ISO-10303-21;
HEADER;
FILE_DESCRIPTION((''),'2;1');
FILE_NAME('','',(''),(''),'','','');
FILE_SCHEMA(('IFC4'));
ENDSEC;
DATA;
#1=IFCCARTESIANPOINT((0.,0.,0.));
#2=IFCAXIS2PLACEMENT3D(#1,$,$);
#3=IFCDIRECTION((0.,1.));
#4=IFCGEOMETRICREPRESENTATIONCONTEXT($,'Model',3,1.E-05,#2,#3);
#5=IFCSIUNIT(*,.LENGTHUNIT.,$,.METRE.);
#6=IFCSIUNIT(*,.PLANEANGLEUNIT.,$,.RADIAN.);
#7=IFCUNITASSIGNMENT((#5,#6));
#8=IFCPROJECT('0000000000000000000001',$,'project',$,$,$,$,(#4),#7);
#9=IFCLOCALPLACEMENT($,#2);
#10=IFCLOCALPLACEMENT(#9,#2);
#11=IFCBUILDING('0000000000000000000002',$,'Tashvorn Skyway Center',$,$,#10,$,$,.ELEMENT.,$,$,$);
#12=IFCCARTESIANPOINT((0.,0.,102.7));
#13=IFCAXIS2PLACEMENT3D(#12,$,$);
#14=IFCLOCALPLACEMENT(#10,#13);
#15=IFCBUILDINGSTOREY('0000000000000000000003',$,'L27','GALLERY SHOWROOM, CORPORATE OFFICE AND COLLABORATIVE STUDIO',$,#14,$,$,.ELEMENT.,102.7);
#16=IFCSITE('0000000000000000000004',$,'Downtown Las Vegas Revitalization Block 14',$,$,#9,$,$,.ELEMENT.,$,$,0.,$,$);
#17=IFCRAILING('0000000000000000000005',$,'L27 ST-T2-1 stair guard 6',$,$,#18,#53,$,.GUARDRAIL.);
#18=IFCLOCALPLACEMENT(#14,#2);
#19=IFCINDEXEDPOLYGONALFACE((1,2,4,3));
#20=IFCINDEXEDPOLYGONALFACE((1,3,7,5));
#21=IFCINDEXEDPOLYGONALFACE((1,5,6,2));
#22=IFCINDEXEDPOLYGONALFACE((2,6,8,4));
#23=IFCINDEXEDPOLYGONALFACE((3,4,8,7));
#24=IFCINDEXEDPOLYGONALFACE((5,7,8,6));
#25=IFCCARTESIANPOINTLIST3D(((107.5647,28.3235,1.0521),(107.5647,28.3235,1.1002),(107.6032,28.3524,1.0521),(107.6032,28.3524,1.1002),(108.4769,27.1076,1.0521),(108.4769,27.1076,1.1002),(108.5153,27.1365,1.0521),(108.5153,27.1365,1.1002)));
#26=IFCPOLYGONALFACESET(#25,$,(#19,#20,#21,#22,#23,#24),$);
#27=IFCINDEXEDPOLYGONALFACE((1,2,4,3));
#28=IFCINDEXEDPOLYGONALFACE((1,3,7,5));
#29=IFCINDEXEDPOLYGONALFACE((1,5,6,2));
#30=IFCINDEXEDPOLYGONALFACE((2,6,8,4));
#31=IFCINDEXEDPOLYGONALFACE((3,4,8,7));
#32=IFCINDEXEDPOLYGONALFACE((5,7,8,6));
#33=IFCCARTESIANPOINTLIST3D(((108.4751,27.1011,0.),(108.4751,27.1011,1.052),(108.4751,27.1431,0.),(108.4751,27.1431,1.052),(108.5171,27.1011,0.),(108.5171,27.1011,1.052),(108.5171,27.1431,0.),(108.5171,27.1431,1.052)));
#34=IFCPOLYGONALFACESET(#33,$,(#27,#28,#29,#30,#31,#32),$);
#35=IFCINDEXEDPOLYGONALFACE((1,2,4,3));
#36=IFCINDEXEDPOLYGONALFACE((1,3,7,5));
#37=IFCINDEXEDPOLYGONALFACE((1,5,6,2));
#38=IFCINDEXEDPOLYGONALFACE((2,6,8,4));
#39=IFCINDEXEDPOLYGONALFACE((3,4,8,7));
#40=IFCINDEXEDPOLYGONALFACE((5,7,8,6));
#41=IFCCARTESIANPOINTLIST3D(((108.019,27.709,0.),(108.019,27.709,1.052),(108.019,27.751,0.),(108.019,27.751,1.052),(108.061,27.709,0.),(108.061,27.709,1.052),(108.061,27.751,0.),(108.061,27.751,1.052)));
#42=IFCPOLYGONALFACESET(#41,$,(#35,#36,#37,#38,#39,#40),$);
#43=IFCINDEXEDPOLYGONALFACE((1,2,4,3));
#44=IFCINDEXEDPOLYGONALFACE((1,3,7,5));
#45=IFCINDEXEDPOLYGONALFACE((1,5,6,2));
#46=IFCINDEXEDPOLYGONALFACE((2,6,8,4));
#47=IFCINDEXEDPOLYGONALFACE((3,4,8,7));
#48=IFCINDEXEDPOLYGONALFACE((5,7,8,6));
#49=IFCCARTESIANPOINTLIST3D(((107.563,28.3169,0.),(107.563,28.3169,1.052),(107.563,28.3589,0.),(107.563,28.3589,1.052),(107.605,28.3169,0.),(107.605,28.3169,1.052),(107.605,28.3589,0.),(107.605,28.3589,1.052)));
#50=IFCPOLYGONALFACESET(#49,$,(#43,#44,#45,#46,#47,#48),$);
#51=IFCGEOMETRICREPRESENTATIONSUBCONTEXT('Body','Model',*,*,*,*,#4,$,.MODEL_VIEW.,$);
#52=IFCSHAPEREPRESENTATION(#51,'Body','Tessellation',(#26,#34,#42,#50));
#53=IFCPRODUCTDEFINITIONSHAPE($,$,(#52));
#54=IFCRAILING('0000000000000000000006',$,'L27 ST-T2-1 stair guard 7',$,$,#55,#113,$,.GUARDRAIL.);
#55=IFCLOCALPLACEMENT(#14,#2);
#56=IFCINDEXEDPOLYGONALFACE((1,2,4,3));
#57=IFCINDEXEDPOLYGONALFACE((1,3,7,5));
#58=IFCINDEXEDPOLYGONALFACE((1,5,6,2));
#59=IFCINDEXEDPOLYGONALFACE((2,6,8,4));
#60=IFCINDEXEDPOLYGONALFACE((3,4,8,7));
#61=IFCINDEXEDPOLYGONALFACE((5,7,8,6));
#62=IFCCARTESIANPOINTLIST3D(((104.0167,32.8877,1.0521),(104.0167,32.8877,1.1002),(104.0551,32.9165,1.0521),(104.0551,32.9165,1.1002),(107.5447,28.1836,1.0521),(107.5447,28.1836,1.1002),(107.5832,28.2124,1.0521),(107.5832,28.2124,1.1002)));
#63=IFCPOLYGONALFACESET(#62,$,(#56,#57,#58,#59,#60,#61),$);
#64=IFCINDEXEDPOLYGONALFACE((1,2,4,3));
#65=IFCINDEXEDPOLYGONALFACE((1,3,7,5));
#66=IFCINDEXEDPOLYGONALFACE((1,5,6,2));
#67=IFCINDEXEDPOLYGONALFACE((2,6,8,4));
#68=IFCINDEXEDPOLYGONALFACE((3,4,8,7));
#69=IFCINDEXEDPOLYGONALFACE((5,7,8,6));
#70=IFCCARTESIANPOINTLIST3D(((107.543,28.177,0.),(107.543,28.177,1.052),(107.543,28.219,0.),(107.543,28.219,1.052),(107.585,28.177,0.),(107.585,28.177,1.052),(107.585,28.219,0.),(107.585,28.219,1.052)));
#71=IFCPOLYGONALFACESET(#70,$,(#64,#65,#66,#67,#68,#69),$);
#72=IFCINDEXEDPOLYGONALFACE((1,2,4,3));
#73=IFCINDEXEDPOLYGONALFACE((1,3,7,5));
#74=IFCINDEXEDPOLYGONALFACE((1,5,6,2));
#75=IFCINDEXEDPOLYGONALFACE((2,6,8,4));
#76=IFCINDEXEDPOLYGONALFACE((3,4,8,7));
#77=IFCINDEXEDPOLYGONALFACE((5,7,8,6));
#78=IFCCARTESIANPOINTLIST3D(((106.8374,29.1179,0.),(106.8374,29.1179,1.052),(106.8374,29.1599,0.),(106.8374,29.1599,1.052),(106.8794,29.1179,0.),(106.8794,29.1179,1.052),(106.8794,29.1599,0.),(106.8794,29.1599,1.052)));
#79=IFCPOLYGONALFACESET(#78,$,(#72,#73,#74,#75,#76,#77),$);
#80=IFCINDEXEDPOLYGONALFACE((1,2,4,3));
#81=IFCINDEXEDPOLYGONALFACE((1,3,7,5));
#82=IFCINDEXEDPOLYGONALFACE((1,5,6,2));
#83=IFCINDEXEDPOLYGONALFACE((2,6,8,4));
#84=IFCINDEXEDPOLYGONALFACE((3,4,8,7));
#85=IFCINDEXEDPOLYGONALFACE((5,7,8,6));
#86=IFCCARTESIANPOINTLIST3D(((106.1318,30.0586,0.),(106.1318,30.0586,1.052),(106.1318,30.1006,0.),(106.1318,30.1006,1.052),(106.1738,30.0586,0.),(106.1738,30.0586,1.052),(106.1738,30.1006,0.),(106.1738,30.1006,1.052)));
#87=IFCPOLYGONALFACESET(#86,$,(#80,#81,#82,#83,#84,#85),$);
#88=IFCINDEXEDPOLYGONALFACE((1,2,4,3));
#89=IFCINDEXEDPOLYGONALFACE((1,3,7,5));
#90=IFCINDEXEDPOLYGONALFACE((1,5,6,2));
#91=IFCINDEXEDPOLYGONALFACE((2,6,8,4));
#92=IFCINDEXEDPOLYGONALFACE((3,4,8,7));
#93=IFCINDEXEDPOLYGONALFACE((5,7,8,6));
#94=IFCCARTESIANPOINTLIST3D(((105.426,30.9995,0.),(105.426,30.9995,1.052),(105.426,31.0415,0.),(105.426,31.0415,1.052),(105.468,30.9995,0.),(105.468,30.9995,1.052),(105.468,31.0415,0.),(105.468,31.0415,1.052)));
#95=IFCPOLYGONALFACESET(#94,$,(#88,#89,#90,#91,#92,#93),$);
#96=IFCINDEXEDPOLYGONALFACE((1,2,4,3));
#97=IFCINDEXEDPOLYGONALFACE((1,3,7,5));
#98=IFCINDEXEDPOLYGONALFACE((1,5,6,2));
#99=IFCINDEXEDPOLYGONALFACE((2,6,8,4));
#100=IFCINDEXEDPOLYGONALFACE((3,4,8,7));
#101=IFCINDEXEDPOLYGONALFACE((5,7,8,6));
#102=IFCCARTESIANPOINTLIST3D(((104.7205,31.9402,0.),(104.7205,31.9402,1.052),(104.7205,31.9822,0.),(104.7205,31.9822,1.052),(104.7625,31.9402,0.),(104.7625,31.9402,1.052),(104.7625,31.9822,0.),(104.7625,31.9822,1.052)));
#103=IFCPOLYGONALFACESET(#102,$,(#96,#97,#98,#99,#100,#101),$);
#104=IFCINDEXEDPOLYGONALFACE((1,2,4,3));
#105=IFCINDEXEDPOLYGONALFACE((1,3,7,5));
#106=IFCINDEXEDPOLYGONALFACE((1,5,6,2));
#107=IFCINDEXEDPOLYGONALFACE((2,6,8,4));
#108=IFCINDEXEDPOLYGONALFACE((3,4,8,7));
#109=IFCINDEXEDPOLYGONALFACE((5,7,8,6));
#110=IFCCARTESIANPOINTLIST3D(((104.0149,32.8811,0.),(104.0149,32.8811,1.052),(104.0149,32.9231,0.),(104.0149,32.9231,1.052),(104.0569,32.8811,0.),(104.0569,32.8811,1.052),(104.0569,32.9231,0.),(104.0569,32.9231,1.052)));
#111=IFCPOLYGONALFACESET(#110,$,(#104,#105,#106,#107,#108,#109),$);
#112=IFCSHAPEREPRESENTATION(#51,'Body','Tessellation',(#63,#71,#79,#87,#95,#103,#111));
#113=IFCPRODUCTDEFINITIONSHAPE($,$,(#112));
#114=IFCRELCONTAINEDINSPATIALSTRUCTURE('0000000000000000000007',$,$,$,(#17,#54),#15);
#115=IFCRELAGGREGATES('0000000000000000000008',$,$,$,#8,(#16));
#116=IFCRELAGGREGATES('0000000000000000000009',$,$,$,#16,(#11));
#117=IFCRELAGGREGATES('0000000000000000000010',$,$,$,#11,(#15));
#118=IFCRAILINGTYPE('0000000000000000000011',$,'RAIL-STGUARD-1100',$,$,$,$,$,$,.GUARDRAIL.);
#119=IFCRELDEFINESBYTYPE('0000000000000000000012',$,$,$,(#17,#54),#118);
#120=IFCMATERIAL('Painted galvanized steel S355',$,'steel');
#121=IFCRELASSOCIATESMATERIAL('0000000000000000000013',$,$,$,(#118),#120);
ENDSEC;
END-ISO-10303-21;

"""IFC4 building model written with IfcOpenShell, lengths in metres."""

from ifc_helpers import new_model, si_unit, direction, frame, origin, origin_2d, place, context, subcontext, project, spatial, rectangle, extrude, material, type_object, element, save


model = new_model("IFC4")

# Units and contexts
model_context = context("Model", 3, precision=1e-05, world=origin(), true_north=direction((0.0, 1.0)))
body_context = subcontext(model_context, "Body", "Model", "MODEL_VIEW")
ifc_project = project(units=[si_unit("LENGTHUNIT", "METRE"), si_unit("PLANEANGLEUNIT", "RADIAN")], contexts=[model_context])

# Site, building, storey
site_placement = place(None, origin())
site = spatial("IfcSite", under=ifc_project, at=site_placement, Name="Downtown Las Vegas Revitalization Block 14", CompositionType="ELEMENT", RefElevation=0.0)
building_placement = place(site_placement, origin())
building = spatial("IfcBuilding", under=site, at=building_placement, Name="Tashvorn Skyway Center", CompositionType="ELEMENT")
storey_placement = place(building_placement, frame((0.0, 0.0, 102.7)))
storey = spatial("IfcBuildingStorey", under=building, at=storey_placement, Name="L27", Description="GALLERY SHOWROOM, CORPORATE OFFICE AND COLLABORATIVE STUDIO", CompositionType="ELEMENT", Elevation=102.7)

# Railings
ifc_material_1 = material(Name="Painted galvanized steel S355", Category="steel")
railing_type = type_object("IfcRailingType", Name="RAIL-STGUARD-1100", PredefinedType="GUARDRAIL", material=ifc_material_1)
railing_1_placement = place(storey_placement, frame((108.4961, 27.1221, 0.0)))
element("IfcRailing", 1, at=railing_1_placement, inside=storey, type_object=railing_type, Name="L27 ST-T2-1 stair guard 6", PredefinedType="GUARDRAIL", context=body_context, shape_type="SweptSolid", body=[
    extrude(rectangle(XDim=0.0481, YDim=0.0481, at=origin_2d()), frame((0.0, 0.0, 1.0762), z_axis=(-0.600103, 0.799923, 0.0), x_axis=(-0.799923, -0.600103, 0.0)), (0.0, 0.0, 1.0), 1.52),
    extrude(rectangle(XDim=0.042, YDim=0.042, at=origin_2d()), origin(), (0.0, 0.0, 1.0), 1.052),
    extrude(rectangle(XDim=0.042, YDim=0.042, at=origin_2d()), frame((-0.4561, 0.6079, 0.0)), (0.0, 0.0, 1.0), 1.052),
    extrude(rectangle(XDim=0.042, YDim=0.042, at=origin_2d()), frame((-0.9121, 1.2158, 0.0)), (0.0, 0.0, 1.0), 1.052),
])
railing_2_placement = place(storey_placement, frame((107.564, 28.198, 0.0)))
element("IfcRailing", 2, at=railing_2_placement, inside=storey, type_object=railing_type, Name="L27 ST-T2-1 stair guard 7", PredefinedType="GUARDRAIL", context=body_context, shape_type="SweptSolid", body=[
    extrude(rectangle(XDim=0.0481, YDim=0.0481, at=origin_2d()), frame((0.0, 0.0, 1.0762), z_axis=(-0.6, 0.8, 0.0), x_axis=(-0.8, -0.6, 0.0)), (0.0, 0.0, 1.0), 5.8801),
    extrude(rectangle(XDim=0.042, YDim=0.042, at=origin_2d()), origin(), (0.0, 0.0, 1.0), 1.052),
    extrude(rectangle(XDim=0.042, YDim=0.042, at=origin_2d()), frame((-0.7056, 0.9409, 0.0)), (0.0, 0.0, 1.0), 1.052),
    extrude(rectangle(XDim=0.042, YDim=0.042, at=origin_2d()), frame((-1.4111, 1.8816, 0.0)), (0.0, 0.0, 1.0), 1.052),
    extrude(rectangle(XDim=0.042, YDim=0.042, at=origin_2d()), frame((-2.1169, 2.8225, 0.0)), (0.0, 0.0, 1.0), 1.052),
    extrude(rectangle(XDim=0.042, YDim=0.042, at=origin_2d()), frame((-2.8225, 3.7632, 0.0)), (0.0, 0.0, 1.0), 1.052),
    extrude(rectangle(XDim=0.042, YDim=0.042, at=origin_2d()), frame((-3.5281, 4.7041, 0.0)), (0.0, 0.0, 1.0), 1.052),
])

save(model, "model.ifc")
